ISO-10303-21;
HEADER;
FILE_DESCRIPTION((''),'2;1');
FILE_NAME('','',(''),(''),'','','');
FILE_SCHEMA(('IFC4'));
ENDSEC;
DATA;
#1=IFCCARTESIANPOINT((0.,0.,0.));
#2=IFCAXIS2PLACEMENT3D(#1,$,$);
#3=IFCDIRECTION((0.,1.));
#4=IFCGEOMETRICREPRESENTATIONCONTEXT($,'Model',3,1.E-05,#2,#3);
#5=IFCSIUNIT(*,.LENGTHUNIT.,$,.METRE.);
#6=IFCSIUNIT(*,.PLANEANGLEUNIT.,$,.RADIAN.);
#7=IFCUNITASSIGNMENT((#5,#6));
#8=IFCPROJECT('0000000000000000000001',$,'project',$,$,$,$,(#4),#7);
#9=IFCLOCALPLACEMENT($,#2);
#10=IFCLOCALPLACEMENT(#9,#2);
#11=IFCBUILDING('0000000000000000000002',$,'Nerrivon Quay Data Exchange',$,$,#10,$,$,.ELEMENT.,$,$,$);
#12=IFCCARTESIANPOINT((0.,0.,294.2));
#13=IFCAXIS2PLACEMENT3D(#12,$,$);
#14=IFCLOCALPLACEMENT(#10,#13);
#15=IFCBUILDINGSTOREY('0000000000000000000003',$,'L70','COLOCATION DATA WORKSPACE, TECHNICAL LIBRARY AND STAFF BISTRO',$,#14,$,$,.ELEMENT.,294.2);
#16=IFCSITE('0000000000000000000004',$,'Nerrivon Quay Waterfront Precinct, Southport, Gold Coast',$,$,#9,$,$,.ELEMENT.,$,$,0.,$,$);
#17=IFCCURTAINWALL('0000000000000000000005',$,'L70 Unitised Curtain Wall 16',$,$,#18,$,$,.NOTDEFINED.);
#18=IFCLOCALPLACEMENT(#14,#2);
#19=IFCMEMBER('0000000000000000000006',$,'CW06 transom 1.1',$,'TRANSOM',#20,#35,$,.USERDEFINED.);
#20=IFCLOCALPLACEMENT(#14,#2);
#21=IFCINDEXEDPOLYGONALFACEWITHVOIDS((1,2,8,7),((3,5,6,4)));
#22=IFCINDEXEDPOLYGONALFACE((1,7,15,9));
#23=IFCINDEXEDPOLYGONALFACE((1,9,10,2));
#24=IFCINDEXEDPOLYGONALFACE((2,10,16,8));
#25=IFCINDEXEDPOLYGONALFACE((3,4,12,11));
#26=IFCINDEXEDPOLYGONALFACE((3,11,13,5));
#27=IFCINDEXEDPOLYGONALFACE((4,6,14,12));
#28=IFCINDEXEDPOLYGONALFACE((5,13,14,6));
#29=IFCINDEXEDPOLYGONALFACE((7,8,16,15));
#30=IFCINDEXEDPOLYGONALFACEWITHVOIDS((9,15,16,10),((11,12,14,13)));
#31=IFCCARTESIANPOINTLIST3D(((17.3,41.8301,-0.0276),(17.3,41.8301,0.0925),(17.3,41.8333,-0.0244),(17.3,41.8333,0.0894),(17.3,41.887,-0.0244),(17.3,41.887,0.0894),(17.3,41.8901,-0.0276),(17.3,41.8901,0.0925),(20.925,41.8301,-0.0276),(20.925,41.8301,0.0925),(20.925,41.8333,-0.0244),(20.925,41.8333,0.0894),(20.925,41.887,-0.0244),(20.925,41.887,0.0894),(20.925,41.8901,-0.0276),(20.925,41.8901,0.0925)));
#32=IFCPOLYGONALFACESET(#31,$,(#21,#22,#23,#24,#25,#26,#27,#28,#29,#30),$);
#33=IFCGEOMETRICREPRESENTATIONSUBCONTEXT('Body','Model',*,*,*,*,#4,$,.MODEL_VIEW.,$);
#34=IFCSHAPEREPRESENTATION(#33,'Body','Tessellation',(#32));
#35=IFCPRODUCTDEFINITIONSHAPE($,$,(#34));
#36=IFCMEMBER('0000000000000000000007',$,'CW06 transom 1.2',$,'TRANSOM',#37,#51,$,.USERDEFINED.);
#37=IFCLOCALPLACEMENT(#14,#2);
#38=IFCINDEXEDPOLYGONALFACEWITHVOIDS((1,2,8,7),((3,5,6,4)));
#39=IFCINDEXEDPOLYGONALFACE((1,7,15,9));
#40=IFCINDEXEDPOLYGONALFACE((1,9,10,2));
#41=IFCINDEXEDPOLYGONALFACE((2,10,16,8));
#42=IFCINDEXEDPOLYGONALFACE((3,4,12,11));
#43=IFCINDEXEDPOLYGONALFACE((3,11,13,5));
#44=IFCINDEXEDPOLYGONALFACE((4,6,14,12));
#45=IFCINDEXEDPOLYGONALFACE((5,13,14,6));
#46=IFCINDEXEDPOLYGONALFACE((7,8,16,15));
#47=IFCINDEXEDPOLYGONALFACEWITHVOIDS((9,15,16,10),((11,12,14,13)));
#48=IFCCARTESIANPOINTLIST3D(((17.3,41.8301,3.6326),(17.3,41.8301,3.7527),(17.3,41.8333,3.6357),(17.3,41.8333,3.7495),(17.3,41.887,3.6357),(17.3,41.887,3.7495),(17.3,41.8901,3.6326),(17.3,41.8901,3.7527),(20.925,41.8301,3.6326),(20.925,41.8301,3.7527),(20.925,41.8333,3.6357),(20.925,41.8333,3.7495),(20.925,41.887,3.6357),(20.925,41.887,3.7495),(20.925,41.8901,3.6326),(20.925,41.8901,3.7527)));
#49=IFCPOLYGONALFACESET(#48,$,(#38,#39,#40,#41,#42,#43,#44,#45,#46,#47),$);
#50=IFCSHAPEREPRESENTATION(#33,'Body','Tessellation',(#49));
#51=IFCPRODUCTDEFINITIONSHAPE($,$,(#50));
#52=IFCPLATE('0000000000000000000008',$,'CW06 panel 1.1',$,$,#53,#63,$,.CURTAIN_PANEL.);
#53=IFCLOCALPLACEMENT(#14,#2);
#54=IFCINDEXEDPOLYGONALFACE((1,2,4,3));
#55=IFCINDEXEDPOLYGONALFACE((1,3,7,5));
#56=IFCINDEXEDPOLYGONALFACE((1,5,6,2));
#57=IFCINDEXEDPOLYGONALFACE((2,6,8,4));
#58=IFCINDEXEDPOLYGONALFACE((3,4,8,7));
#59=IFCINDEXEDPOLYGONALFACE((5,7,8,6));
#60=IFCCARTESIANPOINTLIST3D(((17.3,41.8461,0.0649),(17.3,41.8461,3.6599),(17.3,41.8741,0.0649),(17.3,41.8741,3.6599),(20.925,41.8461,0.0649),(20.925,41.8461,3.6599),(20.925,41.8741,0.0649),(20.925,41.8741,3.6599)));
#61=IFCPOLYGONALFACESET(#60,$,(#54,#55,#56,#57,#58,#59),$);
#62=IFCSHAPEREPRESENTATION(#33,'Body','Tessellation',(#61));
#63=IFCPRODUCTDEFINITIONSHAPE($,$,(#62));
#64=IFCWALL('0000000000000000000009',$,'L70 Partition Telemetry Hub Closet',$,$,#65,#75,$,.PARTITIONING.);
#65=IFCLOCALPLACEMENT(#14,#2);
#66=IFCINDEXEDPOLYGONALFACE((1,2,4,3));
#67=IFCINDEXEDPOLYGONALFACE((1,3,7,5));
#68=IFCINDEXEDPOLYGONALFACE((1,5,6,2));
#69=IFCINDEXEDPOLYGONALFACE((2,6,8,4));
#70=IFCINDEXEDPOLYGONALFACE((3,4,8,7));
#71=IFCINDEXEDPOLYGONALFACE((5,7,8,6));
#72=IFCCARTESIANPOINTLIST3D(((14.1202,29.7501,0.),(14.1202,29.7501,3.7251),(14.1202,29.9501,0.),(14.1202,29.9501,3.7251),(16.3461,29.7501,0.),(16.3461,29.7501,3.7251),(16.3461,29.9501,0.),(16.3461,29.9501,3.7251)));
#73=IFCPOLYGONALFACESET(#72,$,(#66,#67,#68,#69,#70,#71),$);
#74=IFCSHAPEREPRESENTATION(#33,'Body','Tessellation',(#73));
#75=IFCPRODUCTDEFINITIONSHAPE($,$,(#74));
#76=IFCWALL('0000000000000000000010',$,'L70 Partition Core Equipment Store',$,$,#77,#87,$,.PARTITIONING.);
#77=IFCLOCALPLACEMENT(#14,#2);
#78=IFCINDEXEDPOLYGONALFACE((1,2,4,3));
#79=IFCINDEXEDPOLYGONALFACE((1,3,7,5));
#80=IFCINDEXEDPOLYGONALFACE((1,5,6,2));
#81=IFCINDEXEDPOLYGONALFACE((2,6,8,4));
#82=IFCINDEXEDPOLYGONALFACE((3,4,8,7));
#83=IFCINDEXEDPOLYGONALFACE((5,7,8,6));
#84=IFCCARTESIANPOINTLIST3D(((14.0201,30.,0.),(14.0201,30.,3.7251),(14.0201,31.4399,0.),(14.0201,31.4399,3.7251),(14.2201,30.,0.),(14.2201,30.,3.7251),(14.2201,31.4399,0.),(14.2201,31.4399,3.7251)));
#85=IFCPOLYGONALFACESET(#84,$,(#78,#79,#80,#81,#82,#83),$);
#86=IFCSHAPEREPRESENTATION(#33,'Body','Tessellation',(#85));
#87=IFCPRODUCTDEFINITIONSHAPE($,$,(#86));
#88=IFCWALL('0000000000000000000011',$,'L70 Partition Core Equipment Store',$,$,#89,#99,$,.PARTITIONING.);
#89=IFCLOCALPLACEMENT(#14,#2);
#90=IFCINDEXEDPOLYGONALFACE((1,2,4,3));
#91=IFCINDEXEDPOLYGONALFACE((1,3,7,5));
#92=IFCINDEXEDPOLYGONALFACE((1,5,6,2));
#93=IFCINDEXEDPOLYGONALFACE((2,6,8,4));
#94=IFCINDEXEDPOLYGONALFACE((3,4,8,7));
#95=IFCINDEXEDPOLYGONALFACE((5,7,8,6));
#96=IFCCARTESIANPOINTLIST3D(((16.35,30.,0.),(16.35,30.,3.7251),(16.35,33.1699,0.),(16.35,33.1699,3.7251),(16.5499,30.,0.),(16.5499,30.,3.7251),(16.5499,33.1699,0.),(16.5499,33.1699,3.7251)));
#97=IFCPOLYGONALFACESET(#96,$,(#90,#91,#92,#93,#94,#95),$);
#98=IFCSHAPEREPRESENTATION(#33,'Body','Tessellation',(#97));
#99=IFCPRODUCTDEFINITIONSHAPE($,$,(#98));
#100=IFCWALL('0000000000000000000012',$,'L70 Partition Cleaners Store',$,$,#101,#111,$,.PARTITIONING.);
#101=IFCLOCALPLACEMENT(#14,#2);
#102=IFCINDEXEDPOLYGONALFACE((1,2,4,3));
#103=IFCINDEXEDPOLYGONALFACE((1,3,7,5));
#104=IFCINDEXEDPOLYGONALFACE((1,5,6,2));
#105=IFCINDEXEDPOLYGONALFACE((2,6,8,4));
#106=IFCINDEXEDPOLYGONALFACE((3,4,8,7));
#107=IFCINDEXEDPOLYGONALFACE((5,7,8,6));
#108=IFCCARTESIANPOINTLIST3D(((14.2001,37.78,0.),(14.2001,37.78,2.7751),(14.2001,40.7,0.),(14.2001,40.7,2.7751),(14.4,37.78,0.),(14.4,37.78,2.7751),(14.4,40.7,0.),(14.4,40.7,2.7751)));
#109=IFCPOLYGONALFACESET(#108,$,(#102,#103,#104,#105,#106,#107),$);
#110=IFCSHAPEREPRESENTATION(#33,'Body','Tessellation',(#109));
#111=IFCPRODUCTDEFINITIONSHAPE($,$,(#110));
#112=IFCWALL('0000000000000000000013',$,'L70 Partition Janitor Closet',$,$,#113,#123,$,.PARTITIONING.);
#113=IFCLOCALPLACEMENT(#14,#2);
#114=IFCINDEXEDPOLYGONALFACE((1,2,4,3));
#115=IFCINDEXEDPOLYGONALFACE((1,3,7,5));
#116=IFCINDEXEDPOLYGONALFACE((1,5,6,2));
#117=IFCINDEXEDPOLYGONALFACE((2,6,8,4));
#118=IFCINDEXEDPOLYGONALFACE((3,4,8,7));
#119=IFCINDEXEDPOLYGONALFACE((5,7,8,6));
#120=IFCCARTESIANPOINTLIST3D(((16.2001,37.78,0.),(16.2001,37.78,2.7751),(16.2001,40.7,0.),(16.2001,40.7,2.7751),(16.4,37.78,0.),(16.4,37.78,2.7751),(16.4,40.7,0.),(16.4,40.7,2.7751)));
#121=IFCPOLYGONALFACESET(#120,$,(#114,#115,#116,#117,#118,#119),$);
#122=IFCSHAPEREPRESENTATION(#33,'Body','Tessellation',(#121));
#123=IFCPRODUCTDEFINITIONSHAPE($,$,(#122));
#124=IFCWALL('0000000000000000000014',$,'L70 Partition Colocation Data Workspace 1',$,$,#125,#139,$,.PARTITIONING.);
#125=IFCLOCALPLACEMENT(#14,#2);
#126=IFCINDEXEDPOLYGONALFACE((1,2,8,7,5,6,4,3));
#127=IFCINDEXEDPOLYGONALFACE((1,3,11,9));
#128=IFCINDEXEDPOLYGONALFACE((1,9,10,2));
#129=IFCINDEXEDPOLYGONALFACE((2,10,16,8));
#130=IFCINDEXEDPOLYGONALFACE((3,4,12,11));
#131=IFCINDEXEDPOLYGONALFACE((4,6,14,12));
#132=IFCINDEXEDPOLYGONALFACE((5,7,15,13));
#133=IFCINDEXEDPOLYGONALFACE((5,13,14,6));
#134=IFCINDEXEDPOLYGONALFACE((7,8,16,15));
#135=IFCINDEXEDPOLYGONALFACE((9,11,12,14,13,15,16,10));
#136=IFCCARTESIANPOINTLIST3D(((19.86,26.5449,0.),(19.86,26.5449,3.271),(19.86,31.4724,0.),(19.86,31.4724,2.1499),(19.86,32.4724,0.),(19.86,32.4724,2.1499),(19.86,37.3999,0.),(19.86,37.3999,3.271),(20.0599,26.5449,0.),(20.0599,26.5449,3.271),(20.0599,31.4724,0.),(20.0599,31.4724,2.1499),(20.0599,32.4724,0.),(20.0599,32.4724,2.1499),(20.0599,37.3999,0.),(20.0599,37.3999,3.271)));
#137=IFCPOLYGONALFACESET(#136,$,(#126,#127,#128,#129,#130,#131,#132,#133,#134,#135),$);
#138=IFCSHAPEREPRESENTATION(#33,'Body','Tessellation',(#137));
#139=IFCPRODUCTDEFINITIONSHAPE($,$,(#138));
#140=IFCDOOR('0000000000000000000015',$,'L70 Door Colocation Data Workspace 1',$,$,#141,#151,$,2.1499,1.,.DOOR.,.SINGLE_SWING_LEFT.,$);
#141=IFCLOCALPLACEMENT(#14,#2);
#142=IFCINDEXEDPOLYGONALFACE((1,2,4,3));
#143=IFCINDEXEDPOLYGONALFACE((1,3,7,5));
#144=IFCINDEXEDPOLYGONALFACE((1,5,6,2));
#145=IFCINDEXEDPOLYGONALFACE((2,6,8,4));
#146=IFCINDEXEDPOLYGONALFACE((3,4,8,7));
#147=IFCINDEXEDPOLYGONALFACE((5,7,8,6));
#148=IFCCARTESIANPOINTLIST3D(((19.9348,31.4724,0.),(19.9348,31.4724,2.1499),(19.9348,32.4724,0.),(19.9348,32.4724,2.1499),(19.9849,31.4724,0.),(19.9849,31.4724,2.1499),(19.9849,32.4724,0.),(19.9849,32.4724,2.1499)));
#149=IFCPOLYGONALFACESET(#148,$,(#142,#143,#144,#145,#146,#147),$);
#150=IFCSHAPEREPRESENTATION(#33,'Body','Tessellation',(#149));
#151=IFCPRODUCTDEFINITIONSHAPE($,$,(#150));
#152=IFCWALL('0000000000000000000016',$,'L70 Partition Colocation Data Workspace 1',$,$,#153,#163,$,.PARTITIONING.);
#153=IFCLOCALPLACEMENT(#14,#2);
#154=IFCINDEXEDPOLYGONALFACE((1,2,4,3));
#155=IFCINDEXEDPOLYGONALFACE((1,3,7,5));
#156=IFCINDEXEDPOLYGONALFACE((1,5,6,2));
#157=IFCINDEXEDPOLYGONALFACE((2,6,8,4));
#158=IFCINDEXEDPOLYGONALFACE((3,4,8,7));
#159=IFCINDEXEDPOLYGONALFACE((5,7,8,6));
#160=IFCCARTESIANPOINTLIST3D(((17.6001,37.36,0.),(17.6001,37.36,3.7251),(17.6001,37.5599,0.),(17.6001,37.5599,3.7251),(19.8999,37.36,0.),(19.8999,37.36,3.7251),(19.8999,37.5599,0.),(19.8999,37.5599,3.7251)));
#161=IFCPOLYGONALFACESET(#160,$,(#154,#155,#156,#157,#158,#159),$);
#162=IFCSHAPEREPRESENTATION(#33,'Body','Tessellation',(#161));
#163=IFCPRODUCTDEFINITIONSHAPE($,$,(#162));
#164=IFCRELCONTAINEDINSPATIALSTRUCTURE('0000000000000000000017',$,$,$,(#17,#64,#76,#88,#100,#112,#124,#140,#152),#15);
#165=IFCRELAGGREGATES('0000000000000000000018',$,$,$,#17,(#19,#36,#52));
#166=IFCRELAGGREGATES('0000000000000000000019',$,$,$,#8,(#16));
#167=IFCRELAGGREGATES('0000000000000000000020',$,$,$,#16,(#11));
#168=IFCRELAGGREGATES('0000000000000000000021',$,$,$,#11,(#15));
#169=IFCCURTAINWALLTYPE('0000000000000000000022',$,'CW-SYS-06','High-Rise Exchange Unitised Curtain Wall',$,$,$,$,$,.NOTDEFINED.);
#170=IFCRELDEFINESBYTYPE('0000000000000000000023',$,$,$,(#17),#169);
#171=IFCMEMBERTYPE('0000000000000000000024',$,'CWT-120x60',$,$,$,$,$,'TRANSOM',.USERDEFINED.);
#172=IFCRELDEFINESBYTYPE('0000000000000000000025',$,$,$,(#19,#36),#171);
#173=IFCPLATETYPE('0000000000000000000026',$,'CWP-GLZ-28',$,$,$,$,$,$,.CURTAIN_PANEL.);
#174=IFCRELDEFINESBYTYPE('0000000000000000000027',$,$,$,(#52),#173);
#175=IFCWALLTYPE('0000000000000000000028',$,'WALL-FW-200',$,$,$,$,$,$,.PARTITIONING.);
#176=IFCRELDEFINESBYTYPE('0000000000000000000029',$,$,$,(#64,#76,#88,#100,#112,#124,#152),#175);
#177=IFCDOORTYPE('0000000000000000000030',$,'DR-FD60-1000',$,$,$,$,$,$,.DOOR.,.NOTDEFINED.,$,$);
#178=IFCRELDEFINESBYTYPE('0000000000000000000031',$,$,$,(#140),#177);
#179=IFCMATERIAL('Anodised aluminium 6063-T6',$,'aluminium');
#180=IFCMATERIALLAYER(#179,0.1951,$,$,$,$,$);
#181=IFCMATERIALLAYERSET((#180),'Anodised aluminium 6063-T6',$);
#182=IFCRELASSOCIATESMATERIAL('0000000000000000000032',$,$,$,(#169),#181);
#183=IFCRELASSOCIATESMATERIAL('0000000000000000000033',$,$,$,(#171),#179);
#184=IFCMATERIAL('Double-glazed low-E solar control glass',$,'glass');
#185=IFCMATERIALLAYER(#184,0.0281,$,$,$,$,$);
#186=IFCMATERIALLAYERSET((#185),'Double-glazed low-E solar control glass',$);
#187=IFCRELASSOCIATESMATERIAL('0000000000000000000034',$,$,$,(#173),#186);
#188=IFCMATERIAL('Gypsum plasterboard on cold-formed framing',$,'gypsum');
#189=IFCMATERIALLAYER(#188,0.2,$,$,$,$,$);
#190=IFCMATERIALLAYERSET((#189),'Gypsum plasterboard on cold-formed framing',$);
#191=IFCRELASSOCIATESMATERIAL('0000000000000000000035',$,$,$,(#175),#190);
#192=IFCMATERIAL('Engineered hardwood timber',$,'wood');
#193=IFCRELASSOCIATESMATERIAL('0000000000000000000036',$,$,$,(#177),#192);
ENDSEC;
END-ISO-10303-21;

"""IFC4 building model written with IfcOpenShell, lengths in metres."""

from ifc_helpers import new_model, si_unit, direction, frame, frame_2d, origin, origin_2d, place, context, subcontext, project, spatial, rectangle, hollow_rectangle, extrude, material, layer, layer_set, material_profile, profile_set, type_object, element, fill, aggregate, save


model = new_model("IFC4")

# Units and contexts
model_context = context("Model", 3, precision=1e-05, world=origin(), true_north=direction((0.0, 1.0)))
body_context = subcontext(model_context, "Body", "Model", "MODEL_VIEW")
ifc_project = project(units=[si_unit("LENGTHUNIT", "METRE"), si_unit("PLANEANGLEUNIT", "RADIAN")], contexts=[model_context])

# Site, building, storey
site_placement = place(None, origin())
site = spatial("IfcSite", under=ifc_project, at=site_placement, Name="Nerrivon Quay Waterfront Precinct, Southport, Gold Coast", CompositionType="ELEMENT", RefElevation=0.0)
building_placement = place(site_placement, origin())
building = spatial("IfcBuilding", under=site, at=building_placement, Name="Nerrivon Quay Data Exchange", CompositionType="ELEMENT")
storey_placement = place(building_placement, frame((0.0, 0.0, 294.2)))
storey = spatial("IfcBuildingStorey", under=building, at=storey_placement, Name="L70", Description="COLOCATION DATA WORKSPACE, TECHNICAL LIBRARY AND STAFF BISTRO", CompositionType="ELEMENT", Elevation=294.2)

# Curtain wall
ifc_material_1 = material(Name="Anodised aluminium 6063-T6", Category="aluminium")
ifc_layer_1 = layer(ifc_material_1, 0.1951)
ifc_layer_set_1 = layer_set([ifc_layer_1], Name="Anodised aluminium 6063-T6")
curtain_wall_type = type_object("IfcCurtainWallType", Name="CW-SYS-06", Description="High-Rise Exchange Unitised Curtain Wall", PredefinedType="NOTDEFINED", material=ifc_layer_set_1)
curtain_wall_1_placement = place(storey_placement, origin())
curtain_wall_1 = element("IfcCurtainWall", 1, at=curtain_wall_1_placement, inside=storey, type_object=curtain_wall_type, Name="L70 Unitised Curtain Wall 16", PredefinedType="NOTDEFINED")

# Members
ifc_material_profile_1 = material_profile(ifc_material_1, hollow_rectangle(XDim=0.0601, YDim=0.1201, WallThickness=0.0032, at=origin_2d()), Name="ALU-TRAN-120x60")
ifc_profile_set_1 = profile_set([ifc_material_profile_1], Name="Anodised aluminium 6063-T6")
member_type_1 = type_object("IfcMemberType", Name="CWT-120x60", ElementType="TRANSOM", PredefinedType="USERDEFINED", material=ifc_profile_set_1)
member_1_placement = place(storey_placement, frame((17.3, 41.8601, 0.0325), z_axis=(1.0, 0.0, 0.0), x_axis=(0.0, 1.0, 0.0)))
member_1 = element("IfcMember", 2, at=member_1_placement, type_object=member_type_1, Name="CW06 transom 1.1", ObjectType="TRANSOM", PredefinedType="USERDEFINED", context=body_context, shape_type="SweptSolid", body=[
    extrude(hollow_rectangle(XDim=0.0601, YDim=0.1201, WallThickness=0.0032, at=origin_2d()), origin(), (0.0, 0.0, 1.0), 3.625),
])
member_2_placement = place(storey_placement, frame((17.3, 41.8601, 3.6926), z_axis=(1.0, 0.0, 0.0), x_axis=(0.0, 1.0, 0.0)))
member_2 = element("IfcMember", 3, at=member_2_placement, type_object=member_type_1, Name="CW06 transom 1.2", ObjectType="TRANSOM", PredefinedType="USERDEFINED", context=body_context, shape_type="SweptSolid", body=[
    extrude(hollow_rectangle(XDim=0.0601, YDim=0.1201, WallThickness=0.0032, at=origin_2d()), origin(), (0.0, 0.0, 1.0), 3.625),
])

# Plate
ifc_material_2 = material(Name="Double-glazed low-E solar control glass", Category="glass")
ifc_layer_2 = layer(ifc_material_2, 0.0281)
ifc_layer_set_2 = layer_set([ifc_layer_2], Name="Double-glazed low-E solar control glass")
plate_type = type_object("IfcPlateType", Name="CWP-GLZ-28", PredefinedType="CURTAIN_PANEL", material=ifc_layer_set_2)
plate_placement = place(storey_placement, frame((19.1125, 41.8601, 0.0649), z_axis=(0.0, 0.0, 1.0), x_axis=(1.0, 0.0, 0.0)))
plate = element("IfcPlate", 4, at=plate_placement, type_object=plate_type, Name="CW06 panel 1.1", PredefinedType="CURTAIN_PANEL", context=body_context, shape_type="SweptSolid", body=[
    extrude(rectangle(XDim=3.625, YDim=0.0281, at=origin_2d()), origin(), (0.0, 0.0, 1.0), 3.595),
])
aggregate(curtain_wall_1, [member_1, member_2, plate])

# Wall
ifc_material_3 = material(Name="Gypsum plasterboard on cold-formed framing", Category="gypsum")
ifc_layer_3 = layer(ifc_material_3, 0.2)
ifc_layer_set_3 = layer_set([ifc_layer_3], Name="Gypsum plasterboard on cold-formed framing")
wall_type_1 = type_object("IfcWallType", Name="WALL-FW-200", PredefinedType="PARTITIONING", material=ifc_layer_set_3)
wall_1_placement = place(storey_placement, frame((16.3459, 29.8501, 0.0), z_axis=(0.0, 0.0, 1.0), x_axis=(-1.0, 0.0, 0.0)))
element("IfcWall", 5, at=wall_1_placement, inside=storey, type_object=wall_type_1, Name="L70 Partition Telemetry Hub Closet", PredefinedType="PARTITIONING", context=body_context, shape_type="SweptSolid", body=[
    extrude(rectangle(XDim=2.2258, YDim=0.2, at=frame_2d((1.1128, 0.0))), origin(), (0.0, 0.0, 1.0), 3.7251),
])

# Shared definitions
ifc_material_4 = material(Name="Engineered hardwood timber", Category="wood")

# Walls
wall_2_placement = place(storey_placement, frame((14.1201, 31.4399, 0.0), z_axis=(0.0, 0.0, 1.0), x_axis=(0.0, -1.0, 0.0)))
element("IfcWall", 6, at=wall_2_placement, inside=storey, type_object=wall_type_1, Name="L70 Partition Core Equipment Store", PredefinedType="PARTITIONING", context=body_context, shape_type="SweptSolid", body=[
    extrude(rectangle(XDim=1.4399, YDim=0.2, at=frame_2d((0.72, 0.0))), origin(), (0.0, 0.0, 1.0), 3.7251),
])
wall_3_placement = place(storey_placement, frame((16.45, 30.0, 0.0), z_axis=(0.0, 0.0, 1.0), x_axis=(0.0, 1.0, 0.0)))
element("IfcWall", 7, at=wall_3_placement, inside=storey, type_object=wall_type_1, Name="L70 Partition Core Equipment Store", PredefinedType="PARTITIONING", context=body_context, shape_type="SweptSolid", body=[
    extrude(rectangle(XDim=3.1699, YDim=0.2, at=frame_2d((1.585, 0.0))), origin(), (0.0, 0.0, 1.0), 3.7251),
])
for number, where, z_axis, x_axis, name in (
    (8, (14.3, 37.78, 0.0), (0.0, 0.0, 1.0), (0.0, 1.0, 0.0), "L70 Partition Cleaners Store"),
    (9, (16.3, 37.78, 0.0), (0.0, 0.0, 1.0), (0.0, 1.0, 0.0), "L70 Partition Janitor Closet"),
):
    element("IfcWall", number, at=place(storey_placement, frame(where, z_axis=z_axis, x_axis=x_axis)), inside=storey, type_object=wall_type_1, Name=name, PredefinedType="PARTITIONING", context=body_context, shape_type="SweptSolid", body=[
        extrude(rectangle(XDim=2.9199, YDim=0.2, at=frame_2d((1.46, 0.0))), origin(), (0.0, 0.0, 1.0), 2.7751),
    ])

# Wall, opening, door
wall_4_placement = place(storey_placement, frame((19.96, 37.3999, 0.0), z_axis=(0.0, 0.0, 1.0), x_axis=(0.0, -1.0, 0.0)))
wall_4 = element("IfcWall", 10, at=wall_4_placement, inside=storey, type_object=wall_type_1, Name="L70 Partition Colocation Data Workspace 1", PredefinedType="PARTITIONING", context=body_context, shape_type="SweptSolid", body=[
    extrude(rectangle(XDim=10.855, YDim=0.2, at=frame_2d((5.4275, 0.0))), origin(), (0.0, 0.0, 1.0), 3.271),
])
opening_1_placement = place(wall_4_placement, frame((4.9275, 0.0, 0.0)))
opening_1 = element("IfcOpeningElement", 11, at=opening_1_placement, cuts=wall_4, PredefinedType="OPENING", context=body_context, shape_type="SweptSolid", body=[
    extrude(rectangle(XDim=1.0, YDim=2.1499, at=frame_2d((0.5, 1.075))), frame((0.0, 0.1099, 0.0), z_axis=(0.0, -1.0, 0.0), x_axis=(1.0, 0.0, 0.0)), (0.0, 0.0, 1.0), 0.22),
])
door_type_1 = type_object("IfcDoorType", Name="DR-FD60-1000", OperationType="NOTDEFINED", PredefinedType="DOOR", material=ifc_material_4)
door_1_placement = place(opening_1_placement, origin())
door_1 = element("IfcDoor", 12, at=door_1_placement, inside=storey, type_object=door_type_1, Name="L70 Door Colocation Data Workspace 1", OperationType="SINGLE_SWING_LEFT", OverallHeight=2.1499, OverallWidth=1.0, PredefinedType="DOOR", context=body_context, shape_type="SweptSolid", body=[
    extrude(rectangle(XDim=1.0, YDim=2.1499, at=frame_2d((0.5, 1.075))), frame((0.0, 0.0249, 0.0), z_axis=(0.0, -1.0, 0.0), x_axis=(1.0, 0.0, 0.0)), (0.0, 0.0, 1.0), 0.05),
])
fill(opening_1, door_1)

# Wall
wall_5_placement = place(storey_placement, frame((17.6001, 37.46, 0.0), z_axis=(0.0, 0.0, 1.0), x_axis=(1.0, 0.0, 0.0)))
element("IfcWall", 13, at=wall_5_placement, inside=storey, type_object=wall_type_1, Name="L70 Partition Colocation Data Workspace 1", PredefinedType="PARTITIONING", context=body_context, shape_type="SweptSolid", body=[
    extrude(rectangle(XDim=2.2998, YDim=0.2, at=frame_2d((1.1499, 0.0))), origin(), (0.0, 0.0, 1.0), 3.7251),
])

save(model, "model.ifc")
